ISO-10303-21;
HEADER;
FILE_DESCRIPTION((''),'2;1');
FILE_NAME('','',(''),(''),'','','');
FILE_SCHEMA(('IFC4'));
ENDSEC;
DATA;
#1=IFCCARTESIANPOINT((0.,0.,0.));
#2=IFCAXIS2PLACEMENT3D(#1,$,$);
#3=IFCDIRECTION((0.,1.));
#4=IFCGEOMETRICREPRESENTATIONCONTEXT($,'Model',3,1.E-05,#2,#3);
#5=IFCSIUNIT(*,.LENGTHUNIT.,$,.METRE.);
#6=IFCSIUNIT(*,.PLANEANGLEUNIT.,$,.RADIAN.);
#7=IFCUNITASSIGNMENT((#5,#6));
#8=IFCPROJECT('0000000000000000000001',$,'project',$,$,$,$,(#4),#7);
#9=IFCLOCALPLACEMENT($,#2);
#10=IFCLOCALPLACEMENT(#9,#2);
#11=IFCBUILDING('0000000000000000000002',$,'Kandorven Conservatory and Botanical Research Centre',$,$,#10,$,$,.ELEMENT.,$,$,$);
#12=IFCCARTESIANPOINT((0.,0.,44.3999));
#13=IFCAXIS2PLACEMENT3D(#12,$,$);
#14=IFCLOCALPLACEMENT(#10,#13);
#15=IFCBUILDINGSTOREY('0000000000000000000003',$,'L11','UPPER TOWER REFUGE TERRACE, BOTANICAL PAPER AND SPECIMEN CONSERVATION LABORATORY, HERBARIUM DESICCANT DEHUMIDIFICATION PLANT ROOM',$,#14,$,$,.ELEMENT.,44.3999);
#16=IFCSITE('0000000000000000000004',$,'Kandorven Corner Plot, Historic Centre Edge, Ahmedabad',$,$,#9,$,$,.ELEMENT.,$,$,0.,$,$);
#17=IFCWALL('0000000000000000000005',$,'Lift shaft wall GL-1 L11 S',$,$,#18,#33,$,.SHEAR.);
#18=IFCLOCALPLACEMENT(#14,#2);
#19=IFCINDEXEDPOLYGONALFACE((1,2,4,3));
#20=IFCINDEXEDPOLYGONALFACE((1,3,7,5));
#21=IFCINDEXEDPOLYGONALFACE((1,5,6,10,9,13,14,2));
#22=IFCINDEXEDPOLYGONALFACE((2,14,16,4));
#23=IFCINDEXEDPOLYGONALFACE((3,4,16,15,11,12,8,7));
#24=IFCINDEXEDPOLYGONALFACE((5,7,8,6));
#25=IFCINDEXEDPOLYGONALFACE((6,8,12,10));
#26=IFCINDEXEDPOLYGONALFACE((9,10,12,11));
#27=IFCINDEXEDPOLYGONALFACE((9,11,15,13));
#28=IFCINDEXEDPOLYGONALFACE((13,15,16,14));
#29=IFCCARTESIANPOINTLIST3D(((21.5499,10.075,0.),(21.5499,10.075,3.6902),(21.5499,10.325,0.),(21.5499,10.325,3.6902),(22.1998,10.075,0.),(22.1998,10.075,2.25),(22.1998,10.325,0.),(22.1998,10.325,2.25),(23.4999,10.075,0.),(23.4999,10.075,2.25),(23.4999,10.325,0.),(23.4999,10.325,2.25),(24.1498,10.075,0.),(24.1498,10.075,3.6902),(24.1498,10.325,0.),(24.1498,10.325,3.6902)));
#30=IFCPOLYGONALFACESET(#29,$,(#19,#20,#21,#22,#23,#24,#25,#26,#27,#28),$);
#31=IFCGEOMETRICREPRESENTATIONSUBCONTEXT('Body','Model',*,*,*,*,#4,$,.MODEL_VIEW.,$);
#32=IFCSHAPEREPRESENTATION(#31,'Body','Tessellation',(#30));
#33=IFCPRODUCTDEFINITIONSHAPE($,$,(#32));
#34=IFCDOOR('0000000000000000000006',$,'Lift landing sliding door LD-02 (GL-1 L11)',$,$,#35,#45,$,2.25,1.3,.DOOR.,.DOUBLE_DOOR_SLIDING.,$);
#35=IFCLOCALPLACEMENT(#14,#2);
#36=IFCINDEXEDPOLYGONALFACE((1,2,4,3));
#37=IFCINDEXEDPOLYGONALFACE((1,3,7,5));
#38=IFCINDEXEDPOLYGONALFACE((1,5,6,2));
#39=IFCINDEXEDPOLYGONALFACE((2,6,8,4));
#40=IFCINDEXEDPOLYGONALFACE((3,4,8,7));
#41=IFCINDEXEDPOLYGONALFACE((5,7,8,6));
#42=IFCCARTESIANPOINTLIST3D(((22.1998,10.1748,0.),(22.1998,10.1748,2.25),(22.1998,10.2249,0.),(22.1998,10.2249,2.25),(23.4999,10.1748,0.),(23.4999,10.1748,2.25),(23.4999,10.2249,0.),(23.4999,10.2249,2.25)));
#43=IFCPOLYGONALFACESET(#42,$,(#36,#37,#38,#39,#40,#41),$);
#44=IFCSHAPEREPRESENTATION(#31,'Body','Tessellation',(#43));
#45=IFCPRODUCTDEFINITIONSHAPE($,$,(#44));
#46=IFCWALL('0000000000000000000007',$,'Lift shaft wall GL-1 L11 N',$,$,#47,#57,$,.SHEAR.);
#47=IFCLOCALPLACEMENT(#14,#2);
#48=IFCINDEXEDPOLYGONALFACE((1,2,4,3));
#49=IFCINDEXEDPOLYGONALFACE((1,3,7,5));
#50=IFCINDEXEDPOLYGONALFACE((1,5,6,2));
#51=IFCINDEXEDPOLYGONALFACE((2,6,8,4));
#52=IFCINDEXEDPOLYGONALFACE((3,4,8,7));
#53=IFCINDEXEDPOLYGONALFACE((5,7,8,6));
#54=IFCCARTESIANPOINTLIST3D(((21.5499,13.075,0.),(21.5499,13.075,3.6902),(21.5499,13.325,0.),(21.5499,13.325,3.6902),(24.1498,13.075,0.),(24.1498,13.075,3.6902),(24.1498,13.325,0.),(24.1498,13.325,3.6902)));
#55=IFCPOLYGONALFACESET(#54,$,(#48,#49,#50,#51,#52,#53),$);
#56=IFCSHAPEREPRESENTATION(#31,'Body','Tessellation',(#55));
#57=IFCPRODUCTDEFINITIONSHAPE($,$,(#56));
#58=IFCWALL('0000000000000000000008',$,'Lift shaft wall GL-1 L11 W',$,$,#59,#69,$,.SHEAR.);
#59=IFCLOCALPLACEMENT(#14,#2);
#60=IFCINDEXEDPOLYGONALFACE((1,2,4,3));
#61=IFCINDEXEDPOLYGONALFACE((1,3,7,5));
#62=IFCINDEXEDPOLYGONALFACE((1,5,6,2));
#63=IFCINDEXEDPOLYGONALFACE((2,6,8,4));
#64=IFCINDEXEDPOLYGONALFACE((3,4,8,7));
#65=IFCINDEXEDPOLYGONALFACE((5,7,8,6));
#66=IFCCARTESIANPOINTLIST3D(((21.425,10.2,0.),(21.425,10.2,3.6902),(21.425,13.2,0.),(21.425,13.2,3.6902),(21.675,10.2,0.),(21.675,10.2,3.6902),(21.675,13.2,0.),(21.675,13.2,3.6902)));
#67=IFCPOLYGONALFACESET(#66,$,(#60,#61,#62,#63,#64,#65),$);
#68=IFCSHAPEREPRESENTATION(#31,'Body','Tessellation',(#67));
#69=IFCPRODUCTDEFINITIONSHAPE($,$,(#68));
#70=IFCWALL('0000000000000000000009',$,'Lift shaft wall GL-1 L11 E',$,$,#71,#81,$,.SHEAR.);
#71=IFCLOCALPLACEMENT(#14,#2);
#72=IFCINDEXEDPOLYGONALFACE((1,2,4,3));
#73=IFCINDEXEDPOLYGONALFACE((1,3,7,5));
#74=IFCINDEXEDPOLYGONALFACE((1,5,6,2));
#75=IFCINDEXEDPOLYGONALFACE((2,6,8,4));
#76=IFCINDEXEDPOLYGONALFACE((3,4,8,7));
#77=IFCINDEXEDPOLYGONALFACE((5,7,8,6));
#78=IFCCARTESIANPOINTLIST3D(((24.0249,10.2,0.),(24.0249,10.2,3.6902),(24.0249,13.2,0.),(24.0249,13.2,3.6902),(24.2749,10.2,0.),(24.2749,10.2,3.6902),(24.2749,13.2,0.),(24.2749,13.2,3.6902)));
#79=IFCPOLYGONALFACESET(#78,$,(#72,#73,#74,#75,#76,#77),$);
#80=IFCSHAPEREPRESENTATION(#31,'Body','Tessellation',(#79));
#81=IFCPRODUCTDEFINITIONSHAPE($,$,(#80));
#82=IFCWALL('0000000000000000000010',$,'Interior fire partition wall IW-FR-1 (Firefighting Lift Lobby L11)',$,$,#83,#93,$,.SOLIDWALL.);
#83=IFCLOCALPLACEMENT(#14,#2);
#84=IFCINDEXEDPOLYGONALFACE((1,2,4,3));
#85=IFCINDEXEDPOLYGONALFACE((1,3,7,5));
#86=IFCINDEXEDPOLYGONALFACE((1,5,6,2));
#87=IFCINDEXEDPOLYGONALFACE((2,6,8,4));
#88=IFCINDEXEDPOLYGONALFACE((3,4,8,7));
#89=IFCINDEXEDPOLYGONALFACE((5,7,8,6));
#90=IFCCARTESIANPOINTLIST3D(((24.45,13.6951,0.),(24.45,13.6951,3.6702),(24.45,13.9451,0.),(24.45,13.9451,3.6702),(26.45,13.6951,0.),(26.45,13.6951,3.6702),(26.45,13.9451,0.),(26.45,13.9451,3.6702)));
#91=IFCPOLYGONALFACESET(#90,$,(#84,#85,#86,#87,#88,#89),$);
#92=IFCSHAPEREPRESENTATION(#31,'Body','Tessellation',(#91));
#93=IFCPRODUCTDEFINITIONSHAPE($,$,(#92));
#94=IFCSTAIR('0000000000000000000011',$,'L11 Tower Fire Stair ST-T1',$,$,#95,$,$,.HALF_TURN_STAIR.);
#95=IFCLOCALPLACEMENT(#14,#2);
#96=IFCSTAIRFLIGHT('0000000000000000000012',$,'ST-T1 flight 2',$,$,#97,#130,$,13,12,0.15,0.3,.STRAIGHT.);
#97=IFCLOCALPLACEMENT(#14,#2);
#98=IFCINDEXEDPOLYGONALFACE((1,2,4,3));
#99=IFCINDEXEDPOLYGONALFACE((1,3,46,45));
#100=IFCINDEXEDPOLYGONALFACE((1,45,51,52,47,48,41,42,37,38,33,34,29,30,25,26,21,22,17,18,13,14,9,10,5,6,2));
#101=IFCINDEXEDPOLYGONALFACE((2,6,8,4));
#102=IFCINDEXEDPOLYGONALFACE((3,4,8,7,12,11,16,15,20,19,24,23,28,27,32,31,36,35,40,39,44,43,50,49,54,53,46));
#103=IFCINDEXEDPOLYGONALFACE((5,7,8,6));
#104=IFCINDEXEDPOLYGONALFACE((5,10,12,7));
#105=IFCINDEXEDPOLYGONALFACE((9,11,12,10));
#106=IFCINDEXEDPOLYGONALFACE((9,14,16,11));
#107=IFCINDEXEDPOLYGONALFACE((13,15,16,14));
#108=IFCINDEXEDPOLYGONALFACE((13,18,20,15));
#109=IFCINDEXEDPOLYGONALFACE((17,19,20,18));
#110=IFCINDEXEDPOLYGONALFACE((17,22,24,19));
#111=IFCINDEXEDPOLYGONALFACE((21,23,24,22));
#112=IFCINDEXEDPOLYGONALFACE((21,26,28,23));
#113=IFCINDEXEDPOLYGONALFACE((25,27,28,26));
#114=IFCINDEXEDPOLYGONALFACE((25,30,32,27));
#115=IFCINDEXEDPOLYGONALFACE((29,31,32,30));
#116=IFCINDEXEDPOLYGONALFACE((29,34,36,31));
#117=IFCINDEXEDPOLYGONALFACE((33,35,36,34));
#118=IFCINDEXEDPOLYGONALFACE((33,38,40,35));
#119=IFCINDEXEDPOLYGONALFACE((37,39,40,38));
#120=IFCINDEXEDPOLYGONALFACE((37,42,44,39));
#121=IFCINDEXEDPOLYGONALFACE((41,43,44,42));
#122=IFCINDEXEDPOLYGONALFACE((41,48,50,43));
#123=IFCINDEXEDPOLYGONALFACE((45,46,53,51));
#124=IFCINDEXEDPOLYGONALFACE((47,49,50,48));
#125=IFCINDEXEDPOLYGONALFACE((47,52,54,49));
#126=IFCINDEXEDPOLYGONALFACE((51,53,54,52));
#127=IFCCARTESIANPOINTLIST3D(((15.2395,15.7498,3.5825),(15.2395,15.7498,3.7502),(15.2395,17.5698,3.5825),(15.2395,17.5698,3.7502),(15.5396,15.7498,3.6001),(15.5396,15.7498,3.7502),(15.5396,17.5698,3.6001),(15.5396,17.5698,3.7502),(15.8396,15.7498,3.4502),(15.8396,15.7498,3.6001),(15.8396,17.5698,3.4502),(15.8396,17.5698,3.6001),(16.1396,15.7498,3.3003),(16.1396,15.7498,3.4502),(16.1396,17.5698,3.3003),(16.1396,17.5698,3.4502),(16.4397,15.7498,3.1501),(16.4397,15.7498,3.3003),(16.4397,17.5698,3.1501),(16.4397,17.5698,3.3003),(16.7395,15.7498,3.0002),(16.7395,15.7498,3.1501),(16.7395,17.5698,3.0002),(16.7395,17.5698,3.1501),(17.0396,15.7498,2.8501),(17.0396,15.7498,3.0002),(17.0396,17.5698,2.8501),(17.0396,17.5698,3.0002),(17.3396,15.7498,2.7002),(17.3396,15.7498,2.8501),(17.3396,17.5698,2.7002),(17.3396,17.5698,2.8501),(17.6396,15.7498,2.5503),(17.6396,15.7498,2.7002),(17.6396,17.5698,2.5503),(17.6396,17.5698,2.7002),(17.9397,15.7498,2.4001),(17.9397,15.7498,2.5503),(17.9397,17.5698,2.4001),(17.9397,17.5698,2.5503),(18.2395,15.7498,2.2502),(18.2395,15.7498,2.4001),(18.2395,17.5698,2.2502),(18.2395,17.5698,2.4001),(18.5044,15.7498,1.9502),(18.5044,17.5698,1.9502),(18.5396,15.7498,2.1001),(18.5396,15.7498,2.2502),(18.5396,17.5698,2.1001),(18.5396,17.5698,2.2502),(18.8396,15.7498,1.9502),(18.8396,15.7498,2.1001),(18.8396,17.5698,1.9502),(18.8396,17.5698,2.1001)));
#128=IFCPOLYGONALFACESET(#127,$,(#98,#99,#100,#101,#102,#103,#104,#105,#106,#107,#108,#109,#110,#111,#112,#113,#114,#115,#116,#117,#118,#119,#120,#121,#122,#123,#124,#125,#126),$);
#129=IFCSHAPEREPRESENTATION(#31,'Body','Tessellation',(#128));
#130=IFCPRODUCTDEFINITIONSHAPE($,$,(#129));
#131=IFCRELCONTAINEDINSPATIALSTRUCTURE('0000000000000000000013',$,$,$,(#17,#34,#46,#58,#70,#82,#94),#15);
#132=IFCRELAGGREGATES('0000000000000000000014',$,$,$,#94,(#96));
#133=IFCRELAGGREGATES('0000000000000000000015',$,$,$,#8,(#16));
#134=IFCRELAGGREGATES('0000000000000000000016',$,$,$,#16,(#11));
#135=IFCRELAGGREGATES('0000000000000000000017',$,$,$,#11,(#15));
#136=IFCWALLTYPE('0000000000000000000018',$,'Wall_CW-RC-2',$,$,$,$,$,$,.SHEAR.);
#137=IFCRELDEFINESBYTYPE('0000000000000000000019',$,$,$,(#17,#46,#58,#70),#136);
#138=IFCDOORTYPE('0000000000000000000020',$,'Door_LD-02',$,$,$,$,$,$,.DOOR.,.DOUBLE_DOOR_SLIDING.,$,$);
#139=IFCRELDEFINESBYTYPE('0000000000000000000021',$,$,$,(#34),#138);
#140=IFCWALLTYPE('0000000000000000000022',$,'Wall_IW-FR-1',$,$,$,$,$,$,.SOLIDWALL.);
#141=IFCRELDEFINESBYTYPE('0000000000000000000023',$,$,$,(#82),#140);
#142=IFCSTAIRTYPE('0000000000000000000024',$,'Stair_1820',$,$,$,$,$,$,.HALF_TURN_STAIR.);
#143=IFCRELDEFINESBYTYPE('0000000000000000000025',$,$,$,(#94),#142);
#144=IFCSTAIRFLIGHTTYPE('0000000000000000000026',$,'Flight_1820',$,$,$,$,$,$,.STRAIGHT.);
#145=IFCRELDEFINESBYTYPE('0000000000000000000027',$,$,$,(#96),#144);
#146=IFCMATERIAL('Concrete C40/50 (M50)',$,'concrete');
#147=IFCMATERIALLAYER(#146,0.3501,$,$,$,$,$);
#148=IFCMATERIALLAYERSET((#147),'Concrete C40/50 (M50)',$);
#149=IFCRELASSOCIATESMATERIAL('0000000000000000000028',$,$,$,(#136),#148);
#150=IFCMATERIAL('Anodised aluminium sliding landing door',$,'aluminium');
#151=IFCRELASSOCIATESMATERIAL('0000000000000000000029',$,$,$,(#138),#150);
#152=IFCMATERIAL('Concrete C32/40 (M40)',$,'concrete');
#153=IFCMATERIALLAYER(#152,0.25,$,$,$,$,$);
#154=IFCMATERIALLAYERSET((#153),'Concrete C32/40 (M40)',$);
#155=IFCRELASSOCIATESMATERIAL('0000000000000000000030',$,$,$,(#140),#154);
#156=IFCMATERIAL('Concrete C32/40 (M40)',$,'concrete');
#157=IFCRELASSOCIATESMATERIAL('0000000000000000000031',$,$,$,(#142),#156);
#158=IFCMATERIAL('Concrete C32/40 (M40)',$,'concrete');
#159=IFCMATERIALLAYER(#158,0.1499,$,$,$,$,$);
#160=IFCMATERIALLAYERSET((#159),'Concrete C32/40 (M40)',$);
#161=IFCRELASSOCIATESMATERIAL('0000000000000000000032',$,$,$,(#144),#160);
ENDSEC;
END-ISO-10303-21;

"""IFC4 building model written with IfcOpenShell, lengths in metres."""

from ifc_helpers import new_model, si_unit, direction, frame, frame_2d, origin, place, context, subcontext, project, spatial, polyline, rectangle, outline, extrude, material, layer, layer_set, type_object, element, fill, aggregate, save


model = new_model("IFC4")

# Units and contexts
model_context = context("Model", 3, precision=1e-05, world=origin(), true_north=direction((0.0, 1.0)))
body_context = subcontext(model_context, "Body", "Model", "MODEL_VIEW")
ifc_project = project(units=[si_unit("LENGTHUNIT", "METRE"), si_unit("PLANEANGLEUNIT", "RADIAN")], contexts=[model_context])

# Site, building, storey
site_placement = place(None, origin())
site = spatial("IfcSite", under=ifc_project, at=site_placement, Name="Kandorven Corner Plot, Historic Centre Edge, Ahmedabad", CompositionType="ELEMENT", RefElevation=0.0)
building_placement = place(site_placement, origin())
building = spatial("IfcBuilding", under=site, at=building_placement, Name="Kandorven Conservatory and Botanical Research Centre", CompositionType="ELEMENT")
storey_placement = place(building_placement, frame((0.0, 0.0, 44.3999)))
storey = spatial("IfcBuildingStorey", under=building, at=storey_placement, Name="L11", Description="UPPER TOWER REFUGE TERRACE, BOTANICAL PAPER AND SPECIMEN CONSERVATION LABORATORY, HERBARIUM DESICCANT DEHUMIDIFICATION PLANT ROOM", CompositionType="ELEMENT", Elevation=44.3999)

# Shared definitions
ifc_material_1 = material(Name="Concrete C40/50 (M50)", Category="concrete")
ifc_layer_1 = layer(ifc_material_1, 0.3501)
ifc_layer_set_1 = layer_set([ifc_layer_1], Name="Concrete C40/50 (M50)")
wall_type_1 = type_object("IfcWallType", Name="Wall_CW-RC-2", PredefinedType="SHEAR", material=ifc_layer_set_1)

# Wall, opening, door
wall_1_placement = place(storey_placement, frame((21.55, 10.2, 0.0), z_axis=(0.0, 0.0, 1.0), x_axis=(1.0, 0.0, 0.0)))
wall_1 = element("IfcWall", 1, at=wall_1_placement, inside=storey, type_object=wall_type_1, Name="Lift shaft wall GL-1 L11 S", PredefinedType="SHEAR", context=body_context, shape_type="SweptSolid", body=[
    extrude(rectangle(XDim=2.5999, YDim=0.25, at=frame_2d((1.2998, 0.0))), origin(), (0.0, 0.0, 1.0), 3.6902),
])
opening_1_placement = place(wall_1_placement, frame((0.6499, 0.0, 0.0)))
opening_1 = element("IfcOpeningElement", 2, at=opening_1_placement, cuts=wall_1, PredefinedType="OPENING", context=body_context, shape_type="SweptSolid", body=[
    extrude(rectangle(XDim=1.3, YDim=2.25, at=frame_2d((0.6499, 1.125))), frame((0.0, 0.135, 0.0), z_axis=(0.0, -1.0, 0.0), x_axis=(1.0, 0.0, 0.0)), (0.0, 0.0, 1.0), 0.27),
])
ifc_material_2 = material(Name="Anodised aluminium sliding landing door", Category="aluminium")
door_type_1 = type_object("IfcDoorType", Name="Door_LD-02", OperationType="DOUBLE_DOOR_SLIDING", PredefinedType="DOOR", material=ifc_material_2)
door_1_placement = place(opening_1_placement, origin())
door_1 = element("IfcDoor", 3, at=door_1_placement, inside=storey, type_object=door_type_1, Name="Lift landing sliding door LD-02 (GL-1 L11)", OperationType="DOUBLE_DOOR_SLIDING", OverallHeight=2.25, OverallWidth=1.3, PredefinedType="DOOR", context=body_context, shape_type="SweptSolid", body=[
    extrude(rectangle(XDim=1.3, YDim=2.25, at=frame_2d((0.6499, 1.125))), frame((0.0, 0.0249, 0.0), z_axis=(0.0, -1.0, 0.0), x_axis=(1.0, 0.0, 0.0)), (0.0, 0.0, 1.0), 0.05),
])
fill(opening_1, door_1)

# Walls
wall_2_placement = place(storey_placement, frame((21.55, 13.2, 0.0), z_axis=(0.0, 0.0, 1.0), x_axis=(1.0, 0.0, 0.0)))
element("IfcWall", 4, at=wall_2_placement, inside=storey, type_object=wall_type_1, Name="Lift shaft wall GL-1 L11 N", PredefinedType="SHEAR", context=body_context, shape_type="SweptSolid", body=[
    extrude(rectangle(XDim=2.5999, YDim=0.25, at=frame_2d((1.2998, 0.0))), origin(), (0.0, 0.0, 1.0), 3.6902),
])
for number, where, z_axis, x_axis, name in (
    (5, (21.55, 10.2, 0.0), (0.0, 0.0, 1.0), (0.0, 1.0, 0.0), "Lift shaft wall GL-1 L11 W"),
    (6, (24.1499, 10.2, 0.0), (0.0, 0.0, 1.0), (0.0, 1.0, 0.0), "Lift shaft wall GL-1 L11 E"),
):
    element("IfcWall", number, at=place(storey_placement, frame(where, z_axis=z_axis, x_axis=x_axis)), inside=storey, type_object=wall_type_1, Name=name, PredefinedType="SHEAR", context=body_context, shape_type="SweptSolid", body=[
        extrude(rectangle(XDim=3.0, YDim=0.25, at=frame_2d((1.5, 0.0))), origin(), (0.0, 0.0, 1.0), 3.6902),
    ])
ifc_material_3 = material(Name="Concrete C32/40 (M40)", Category="concrete")
ifc_layer_2 = layer(ifc_material_3, 0.25)
ifc_layer_set_2 = layer_set([ifc_layer_2], Name="Concrete C32/40 (M40)")
wall_type_2 = type_object("IfcWallType", Name="Wall_IW-FR-1", PredefinedType="SOLIDWALL", material=ifc_layer_set_2)
wall_3_placement = place(storey_placement, frame((24.45, 13.8201, 0.0), z_axis=(0.0, 0.0, 1.0), x_axis=(1.0, 0.0, 0.0)))
element("IfcWall", 7, at=wall_3_placement, inside=storey, type_object=wall_type_2, Name="Interior fire partition wall IW-FR-1 (Firefighting Lift Lobby L11)", PredefinedType="SOLIDWALL", context=body_context, shape_type="SweptSolid", body=[
    extrude(rectangle(XDim=2.0, YDim=0.25, at=frame_2d((1.0, 0.0))), origin(), (0.0, 0.0, 1.0), 3.6702),
])

# Stair, stair flight
ifc_material_4 = material(Name="Concrete C32/40 (M40)", Category="concrete")
stair_type = type_object("IfcStairType", Name="Stair_1820", PredefinedType="HALF_TURN_STAIR", material=ifc_material_4)
stair_placement = place(storey_placement, origin())
stair = element("IfcStair", 8, at=stair_placement, inside=storey, type_object=stair_type, Name="L11 Tower Fire Stair ST-T1", PredefinedType="HALF_TURN_STAIR")
ifc_material_5 = material(Name="Concrete C32/40 (M40)", Category="concrete")
ifc_layer_3 = layer(ifc_material_5, 0.1499)
ifc_layer_set_3 = layer_set([ifc_layer_3], Name="Concrete C32/40 (M40)")
stair_flight_type = type_object("IfcStairFlightType", Name="Flight_1820", PredefinedType="STRAIGHT", material=ifc_layer_set_3)
stair_flight_placement = place(storey_placement, frame((18.8396, 16.6599, 1.9502), z_axis=(0.0, 0.0, 1.0), x_axis=(-1.0, 0.0, 0.0)))
stair_flight = element("IfcStairFlight", 9, at=stair_flight_placement, type_object=stair_flight_type, Name="ST-T1 flight 2", NumberOfRisers=13, NumberOfTreads=12, PredefinedType="STRAIGHT", RiserHeight=0.15, TreadLength=0.3, context=body_context, shape_type="SweptSolid", body=[
    extrude(outline(polyline([(0.0, 0.0), (0.0, 0.1499), (0.3, 0.1499), (0.3, 0.3), (0.6001, 0.3), (0.6001, 0.45), (0.8999, 0.45), (0.8999, 0.6001), (1.2, 0.6001), (1.2, 0.75), (1.5, 0.75), (1.5, 0.8999), (1.8, 0.8999), (1.8, 1.05), (2.1001, 1.05), (2.1001, 1.2), (2.3999, 1.2), (2.3999, 1.3501), (2.7, 1.3501), (2.7, 1.5), (3.0, 1.5), (3.0, 1.6499), (3.3, 1.6499), (3.3, 1.8), (3.6001, 1.8), (3.6001, 1.95), (3.6001, 1.6323), (0.3352, 0.0), (0.0, 0.0)])), frame((0.0, 0.9102, 0.0), z_axis=(0.0, -1.0, 0.0), x_axis=(1.0, 0.0, 0.0)), (0.0, 0.0, 1.0), 1.8201),
])
aggregate(stair, [stair_flight])

save(model, "model.ifc")
